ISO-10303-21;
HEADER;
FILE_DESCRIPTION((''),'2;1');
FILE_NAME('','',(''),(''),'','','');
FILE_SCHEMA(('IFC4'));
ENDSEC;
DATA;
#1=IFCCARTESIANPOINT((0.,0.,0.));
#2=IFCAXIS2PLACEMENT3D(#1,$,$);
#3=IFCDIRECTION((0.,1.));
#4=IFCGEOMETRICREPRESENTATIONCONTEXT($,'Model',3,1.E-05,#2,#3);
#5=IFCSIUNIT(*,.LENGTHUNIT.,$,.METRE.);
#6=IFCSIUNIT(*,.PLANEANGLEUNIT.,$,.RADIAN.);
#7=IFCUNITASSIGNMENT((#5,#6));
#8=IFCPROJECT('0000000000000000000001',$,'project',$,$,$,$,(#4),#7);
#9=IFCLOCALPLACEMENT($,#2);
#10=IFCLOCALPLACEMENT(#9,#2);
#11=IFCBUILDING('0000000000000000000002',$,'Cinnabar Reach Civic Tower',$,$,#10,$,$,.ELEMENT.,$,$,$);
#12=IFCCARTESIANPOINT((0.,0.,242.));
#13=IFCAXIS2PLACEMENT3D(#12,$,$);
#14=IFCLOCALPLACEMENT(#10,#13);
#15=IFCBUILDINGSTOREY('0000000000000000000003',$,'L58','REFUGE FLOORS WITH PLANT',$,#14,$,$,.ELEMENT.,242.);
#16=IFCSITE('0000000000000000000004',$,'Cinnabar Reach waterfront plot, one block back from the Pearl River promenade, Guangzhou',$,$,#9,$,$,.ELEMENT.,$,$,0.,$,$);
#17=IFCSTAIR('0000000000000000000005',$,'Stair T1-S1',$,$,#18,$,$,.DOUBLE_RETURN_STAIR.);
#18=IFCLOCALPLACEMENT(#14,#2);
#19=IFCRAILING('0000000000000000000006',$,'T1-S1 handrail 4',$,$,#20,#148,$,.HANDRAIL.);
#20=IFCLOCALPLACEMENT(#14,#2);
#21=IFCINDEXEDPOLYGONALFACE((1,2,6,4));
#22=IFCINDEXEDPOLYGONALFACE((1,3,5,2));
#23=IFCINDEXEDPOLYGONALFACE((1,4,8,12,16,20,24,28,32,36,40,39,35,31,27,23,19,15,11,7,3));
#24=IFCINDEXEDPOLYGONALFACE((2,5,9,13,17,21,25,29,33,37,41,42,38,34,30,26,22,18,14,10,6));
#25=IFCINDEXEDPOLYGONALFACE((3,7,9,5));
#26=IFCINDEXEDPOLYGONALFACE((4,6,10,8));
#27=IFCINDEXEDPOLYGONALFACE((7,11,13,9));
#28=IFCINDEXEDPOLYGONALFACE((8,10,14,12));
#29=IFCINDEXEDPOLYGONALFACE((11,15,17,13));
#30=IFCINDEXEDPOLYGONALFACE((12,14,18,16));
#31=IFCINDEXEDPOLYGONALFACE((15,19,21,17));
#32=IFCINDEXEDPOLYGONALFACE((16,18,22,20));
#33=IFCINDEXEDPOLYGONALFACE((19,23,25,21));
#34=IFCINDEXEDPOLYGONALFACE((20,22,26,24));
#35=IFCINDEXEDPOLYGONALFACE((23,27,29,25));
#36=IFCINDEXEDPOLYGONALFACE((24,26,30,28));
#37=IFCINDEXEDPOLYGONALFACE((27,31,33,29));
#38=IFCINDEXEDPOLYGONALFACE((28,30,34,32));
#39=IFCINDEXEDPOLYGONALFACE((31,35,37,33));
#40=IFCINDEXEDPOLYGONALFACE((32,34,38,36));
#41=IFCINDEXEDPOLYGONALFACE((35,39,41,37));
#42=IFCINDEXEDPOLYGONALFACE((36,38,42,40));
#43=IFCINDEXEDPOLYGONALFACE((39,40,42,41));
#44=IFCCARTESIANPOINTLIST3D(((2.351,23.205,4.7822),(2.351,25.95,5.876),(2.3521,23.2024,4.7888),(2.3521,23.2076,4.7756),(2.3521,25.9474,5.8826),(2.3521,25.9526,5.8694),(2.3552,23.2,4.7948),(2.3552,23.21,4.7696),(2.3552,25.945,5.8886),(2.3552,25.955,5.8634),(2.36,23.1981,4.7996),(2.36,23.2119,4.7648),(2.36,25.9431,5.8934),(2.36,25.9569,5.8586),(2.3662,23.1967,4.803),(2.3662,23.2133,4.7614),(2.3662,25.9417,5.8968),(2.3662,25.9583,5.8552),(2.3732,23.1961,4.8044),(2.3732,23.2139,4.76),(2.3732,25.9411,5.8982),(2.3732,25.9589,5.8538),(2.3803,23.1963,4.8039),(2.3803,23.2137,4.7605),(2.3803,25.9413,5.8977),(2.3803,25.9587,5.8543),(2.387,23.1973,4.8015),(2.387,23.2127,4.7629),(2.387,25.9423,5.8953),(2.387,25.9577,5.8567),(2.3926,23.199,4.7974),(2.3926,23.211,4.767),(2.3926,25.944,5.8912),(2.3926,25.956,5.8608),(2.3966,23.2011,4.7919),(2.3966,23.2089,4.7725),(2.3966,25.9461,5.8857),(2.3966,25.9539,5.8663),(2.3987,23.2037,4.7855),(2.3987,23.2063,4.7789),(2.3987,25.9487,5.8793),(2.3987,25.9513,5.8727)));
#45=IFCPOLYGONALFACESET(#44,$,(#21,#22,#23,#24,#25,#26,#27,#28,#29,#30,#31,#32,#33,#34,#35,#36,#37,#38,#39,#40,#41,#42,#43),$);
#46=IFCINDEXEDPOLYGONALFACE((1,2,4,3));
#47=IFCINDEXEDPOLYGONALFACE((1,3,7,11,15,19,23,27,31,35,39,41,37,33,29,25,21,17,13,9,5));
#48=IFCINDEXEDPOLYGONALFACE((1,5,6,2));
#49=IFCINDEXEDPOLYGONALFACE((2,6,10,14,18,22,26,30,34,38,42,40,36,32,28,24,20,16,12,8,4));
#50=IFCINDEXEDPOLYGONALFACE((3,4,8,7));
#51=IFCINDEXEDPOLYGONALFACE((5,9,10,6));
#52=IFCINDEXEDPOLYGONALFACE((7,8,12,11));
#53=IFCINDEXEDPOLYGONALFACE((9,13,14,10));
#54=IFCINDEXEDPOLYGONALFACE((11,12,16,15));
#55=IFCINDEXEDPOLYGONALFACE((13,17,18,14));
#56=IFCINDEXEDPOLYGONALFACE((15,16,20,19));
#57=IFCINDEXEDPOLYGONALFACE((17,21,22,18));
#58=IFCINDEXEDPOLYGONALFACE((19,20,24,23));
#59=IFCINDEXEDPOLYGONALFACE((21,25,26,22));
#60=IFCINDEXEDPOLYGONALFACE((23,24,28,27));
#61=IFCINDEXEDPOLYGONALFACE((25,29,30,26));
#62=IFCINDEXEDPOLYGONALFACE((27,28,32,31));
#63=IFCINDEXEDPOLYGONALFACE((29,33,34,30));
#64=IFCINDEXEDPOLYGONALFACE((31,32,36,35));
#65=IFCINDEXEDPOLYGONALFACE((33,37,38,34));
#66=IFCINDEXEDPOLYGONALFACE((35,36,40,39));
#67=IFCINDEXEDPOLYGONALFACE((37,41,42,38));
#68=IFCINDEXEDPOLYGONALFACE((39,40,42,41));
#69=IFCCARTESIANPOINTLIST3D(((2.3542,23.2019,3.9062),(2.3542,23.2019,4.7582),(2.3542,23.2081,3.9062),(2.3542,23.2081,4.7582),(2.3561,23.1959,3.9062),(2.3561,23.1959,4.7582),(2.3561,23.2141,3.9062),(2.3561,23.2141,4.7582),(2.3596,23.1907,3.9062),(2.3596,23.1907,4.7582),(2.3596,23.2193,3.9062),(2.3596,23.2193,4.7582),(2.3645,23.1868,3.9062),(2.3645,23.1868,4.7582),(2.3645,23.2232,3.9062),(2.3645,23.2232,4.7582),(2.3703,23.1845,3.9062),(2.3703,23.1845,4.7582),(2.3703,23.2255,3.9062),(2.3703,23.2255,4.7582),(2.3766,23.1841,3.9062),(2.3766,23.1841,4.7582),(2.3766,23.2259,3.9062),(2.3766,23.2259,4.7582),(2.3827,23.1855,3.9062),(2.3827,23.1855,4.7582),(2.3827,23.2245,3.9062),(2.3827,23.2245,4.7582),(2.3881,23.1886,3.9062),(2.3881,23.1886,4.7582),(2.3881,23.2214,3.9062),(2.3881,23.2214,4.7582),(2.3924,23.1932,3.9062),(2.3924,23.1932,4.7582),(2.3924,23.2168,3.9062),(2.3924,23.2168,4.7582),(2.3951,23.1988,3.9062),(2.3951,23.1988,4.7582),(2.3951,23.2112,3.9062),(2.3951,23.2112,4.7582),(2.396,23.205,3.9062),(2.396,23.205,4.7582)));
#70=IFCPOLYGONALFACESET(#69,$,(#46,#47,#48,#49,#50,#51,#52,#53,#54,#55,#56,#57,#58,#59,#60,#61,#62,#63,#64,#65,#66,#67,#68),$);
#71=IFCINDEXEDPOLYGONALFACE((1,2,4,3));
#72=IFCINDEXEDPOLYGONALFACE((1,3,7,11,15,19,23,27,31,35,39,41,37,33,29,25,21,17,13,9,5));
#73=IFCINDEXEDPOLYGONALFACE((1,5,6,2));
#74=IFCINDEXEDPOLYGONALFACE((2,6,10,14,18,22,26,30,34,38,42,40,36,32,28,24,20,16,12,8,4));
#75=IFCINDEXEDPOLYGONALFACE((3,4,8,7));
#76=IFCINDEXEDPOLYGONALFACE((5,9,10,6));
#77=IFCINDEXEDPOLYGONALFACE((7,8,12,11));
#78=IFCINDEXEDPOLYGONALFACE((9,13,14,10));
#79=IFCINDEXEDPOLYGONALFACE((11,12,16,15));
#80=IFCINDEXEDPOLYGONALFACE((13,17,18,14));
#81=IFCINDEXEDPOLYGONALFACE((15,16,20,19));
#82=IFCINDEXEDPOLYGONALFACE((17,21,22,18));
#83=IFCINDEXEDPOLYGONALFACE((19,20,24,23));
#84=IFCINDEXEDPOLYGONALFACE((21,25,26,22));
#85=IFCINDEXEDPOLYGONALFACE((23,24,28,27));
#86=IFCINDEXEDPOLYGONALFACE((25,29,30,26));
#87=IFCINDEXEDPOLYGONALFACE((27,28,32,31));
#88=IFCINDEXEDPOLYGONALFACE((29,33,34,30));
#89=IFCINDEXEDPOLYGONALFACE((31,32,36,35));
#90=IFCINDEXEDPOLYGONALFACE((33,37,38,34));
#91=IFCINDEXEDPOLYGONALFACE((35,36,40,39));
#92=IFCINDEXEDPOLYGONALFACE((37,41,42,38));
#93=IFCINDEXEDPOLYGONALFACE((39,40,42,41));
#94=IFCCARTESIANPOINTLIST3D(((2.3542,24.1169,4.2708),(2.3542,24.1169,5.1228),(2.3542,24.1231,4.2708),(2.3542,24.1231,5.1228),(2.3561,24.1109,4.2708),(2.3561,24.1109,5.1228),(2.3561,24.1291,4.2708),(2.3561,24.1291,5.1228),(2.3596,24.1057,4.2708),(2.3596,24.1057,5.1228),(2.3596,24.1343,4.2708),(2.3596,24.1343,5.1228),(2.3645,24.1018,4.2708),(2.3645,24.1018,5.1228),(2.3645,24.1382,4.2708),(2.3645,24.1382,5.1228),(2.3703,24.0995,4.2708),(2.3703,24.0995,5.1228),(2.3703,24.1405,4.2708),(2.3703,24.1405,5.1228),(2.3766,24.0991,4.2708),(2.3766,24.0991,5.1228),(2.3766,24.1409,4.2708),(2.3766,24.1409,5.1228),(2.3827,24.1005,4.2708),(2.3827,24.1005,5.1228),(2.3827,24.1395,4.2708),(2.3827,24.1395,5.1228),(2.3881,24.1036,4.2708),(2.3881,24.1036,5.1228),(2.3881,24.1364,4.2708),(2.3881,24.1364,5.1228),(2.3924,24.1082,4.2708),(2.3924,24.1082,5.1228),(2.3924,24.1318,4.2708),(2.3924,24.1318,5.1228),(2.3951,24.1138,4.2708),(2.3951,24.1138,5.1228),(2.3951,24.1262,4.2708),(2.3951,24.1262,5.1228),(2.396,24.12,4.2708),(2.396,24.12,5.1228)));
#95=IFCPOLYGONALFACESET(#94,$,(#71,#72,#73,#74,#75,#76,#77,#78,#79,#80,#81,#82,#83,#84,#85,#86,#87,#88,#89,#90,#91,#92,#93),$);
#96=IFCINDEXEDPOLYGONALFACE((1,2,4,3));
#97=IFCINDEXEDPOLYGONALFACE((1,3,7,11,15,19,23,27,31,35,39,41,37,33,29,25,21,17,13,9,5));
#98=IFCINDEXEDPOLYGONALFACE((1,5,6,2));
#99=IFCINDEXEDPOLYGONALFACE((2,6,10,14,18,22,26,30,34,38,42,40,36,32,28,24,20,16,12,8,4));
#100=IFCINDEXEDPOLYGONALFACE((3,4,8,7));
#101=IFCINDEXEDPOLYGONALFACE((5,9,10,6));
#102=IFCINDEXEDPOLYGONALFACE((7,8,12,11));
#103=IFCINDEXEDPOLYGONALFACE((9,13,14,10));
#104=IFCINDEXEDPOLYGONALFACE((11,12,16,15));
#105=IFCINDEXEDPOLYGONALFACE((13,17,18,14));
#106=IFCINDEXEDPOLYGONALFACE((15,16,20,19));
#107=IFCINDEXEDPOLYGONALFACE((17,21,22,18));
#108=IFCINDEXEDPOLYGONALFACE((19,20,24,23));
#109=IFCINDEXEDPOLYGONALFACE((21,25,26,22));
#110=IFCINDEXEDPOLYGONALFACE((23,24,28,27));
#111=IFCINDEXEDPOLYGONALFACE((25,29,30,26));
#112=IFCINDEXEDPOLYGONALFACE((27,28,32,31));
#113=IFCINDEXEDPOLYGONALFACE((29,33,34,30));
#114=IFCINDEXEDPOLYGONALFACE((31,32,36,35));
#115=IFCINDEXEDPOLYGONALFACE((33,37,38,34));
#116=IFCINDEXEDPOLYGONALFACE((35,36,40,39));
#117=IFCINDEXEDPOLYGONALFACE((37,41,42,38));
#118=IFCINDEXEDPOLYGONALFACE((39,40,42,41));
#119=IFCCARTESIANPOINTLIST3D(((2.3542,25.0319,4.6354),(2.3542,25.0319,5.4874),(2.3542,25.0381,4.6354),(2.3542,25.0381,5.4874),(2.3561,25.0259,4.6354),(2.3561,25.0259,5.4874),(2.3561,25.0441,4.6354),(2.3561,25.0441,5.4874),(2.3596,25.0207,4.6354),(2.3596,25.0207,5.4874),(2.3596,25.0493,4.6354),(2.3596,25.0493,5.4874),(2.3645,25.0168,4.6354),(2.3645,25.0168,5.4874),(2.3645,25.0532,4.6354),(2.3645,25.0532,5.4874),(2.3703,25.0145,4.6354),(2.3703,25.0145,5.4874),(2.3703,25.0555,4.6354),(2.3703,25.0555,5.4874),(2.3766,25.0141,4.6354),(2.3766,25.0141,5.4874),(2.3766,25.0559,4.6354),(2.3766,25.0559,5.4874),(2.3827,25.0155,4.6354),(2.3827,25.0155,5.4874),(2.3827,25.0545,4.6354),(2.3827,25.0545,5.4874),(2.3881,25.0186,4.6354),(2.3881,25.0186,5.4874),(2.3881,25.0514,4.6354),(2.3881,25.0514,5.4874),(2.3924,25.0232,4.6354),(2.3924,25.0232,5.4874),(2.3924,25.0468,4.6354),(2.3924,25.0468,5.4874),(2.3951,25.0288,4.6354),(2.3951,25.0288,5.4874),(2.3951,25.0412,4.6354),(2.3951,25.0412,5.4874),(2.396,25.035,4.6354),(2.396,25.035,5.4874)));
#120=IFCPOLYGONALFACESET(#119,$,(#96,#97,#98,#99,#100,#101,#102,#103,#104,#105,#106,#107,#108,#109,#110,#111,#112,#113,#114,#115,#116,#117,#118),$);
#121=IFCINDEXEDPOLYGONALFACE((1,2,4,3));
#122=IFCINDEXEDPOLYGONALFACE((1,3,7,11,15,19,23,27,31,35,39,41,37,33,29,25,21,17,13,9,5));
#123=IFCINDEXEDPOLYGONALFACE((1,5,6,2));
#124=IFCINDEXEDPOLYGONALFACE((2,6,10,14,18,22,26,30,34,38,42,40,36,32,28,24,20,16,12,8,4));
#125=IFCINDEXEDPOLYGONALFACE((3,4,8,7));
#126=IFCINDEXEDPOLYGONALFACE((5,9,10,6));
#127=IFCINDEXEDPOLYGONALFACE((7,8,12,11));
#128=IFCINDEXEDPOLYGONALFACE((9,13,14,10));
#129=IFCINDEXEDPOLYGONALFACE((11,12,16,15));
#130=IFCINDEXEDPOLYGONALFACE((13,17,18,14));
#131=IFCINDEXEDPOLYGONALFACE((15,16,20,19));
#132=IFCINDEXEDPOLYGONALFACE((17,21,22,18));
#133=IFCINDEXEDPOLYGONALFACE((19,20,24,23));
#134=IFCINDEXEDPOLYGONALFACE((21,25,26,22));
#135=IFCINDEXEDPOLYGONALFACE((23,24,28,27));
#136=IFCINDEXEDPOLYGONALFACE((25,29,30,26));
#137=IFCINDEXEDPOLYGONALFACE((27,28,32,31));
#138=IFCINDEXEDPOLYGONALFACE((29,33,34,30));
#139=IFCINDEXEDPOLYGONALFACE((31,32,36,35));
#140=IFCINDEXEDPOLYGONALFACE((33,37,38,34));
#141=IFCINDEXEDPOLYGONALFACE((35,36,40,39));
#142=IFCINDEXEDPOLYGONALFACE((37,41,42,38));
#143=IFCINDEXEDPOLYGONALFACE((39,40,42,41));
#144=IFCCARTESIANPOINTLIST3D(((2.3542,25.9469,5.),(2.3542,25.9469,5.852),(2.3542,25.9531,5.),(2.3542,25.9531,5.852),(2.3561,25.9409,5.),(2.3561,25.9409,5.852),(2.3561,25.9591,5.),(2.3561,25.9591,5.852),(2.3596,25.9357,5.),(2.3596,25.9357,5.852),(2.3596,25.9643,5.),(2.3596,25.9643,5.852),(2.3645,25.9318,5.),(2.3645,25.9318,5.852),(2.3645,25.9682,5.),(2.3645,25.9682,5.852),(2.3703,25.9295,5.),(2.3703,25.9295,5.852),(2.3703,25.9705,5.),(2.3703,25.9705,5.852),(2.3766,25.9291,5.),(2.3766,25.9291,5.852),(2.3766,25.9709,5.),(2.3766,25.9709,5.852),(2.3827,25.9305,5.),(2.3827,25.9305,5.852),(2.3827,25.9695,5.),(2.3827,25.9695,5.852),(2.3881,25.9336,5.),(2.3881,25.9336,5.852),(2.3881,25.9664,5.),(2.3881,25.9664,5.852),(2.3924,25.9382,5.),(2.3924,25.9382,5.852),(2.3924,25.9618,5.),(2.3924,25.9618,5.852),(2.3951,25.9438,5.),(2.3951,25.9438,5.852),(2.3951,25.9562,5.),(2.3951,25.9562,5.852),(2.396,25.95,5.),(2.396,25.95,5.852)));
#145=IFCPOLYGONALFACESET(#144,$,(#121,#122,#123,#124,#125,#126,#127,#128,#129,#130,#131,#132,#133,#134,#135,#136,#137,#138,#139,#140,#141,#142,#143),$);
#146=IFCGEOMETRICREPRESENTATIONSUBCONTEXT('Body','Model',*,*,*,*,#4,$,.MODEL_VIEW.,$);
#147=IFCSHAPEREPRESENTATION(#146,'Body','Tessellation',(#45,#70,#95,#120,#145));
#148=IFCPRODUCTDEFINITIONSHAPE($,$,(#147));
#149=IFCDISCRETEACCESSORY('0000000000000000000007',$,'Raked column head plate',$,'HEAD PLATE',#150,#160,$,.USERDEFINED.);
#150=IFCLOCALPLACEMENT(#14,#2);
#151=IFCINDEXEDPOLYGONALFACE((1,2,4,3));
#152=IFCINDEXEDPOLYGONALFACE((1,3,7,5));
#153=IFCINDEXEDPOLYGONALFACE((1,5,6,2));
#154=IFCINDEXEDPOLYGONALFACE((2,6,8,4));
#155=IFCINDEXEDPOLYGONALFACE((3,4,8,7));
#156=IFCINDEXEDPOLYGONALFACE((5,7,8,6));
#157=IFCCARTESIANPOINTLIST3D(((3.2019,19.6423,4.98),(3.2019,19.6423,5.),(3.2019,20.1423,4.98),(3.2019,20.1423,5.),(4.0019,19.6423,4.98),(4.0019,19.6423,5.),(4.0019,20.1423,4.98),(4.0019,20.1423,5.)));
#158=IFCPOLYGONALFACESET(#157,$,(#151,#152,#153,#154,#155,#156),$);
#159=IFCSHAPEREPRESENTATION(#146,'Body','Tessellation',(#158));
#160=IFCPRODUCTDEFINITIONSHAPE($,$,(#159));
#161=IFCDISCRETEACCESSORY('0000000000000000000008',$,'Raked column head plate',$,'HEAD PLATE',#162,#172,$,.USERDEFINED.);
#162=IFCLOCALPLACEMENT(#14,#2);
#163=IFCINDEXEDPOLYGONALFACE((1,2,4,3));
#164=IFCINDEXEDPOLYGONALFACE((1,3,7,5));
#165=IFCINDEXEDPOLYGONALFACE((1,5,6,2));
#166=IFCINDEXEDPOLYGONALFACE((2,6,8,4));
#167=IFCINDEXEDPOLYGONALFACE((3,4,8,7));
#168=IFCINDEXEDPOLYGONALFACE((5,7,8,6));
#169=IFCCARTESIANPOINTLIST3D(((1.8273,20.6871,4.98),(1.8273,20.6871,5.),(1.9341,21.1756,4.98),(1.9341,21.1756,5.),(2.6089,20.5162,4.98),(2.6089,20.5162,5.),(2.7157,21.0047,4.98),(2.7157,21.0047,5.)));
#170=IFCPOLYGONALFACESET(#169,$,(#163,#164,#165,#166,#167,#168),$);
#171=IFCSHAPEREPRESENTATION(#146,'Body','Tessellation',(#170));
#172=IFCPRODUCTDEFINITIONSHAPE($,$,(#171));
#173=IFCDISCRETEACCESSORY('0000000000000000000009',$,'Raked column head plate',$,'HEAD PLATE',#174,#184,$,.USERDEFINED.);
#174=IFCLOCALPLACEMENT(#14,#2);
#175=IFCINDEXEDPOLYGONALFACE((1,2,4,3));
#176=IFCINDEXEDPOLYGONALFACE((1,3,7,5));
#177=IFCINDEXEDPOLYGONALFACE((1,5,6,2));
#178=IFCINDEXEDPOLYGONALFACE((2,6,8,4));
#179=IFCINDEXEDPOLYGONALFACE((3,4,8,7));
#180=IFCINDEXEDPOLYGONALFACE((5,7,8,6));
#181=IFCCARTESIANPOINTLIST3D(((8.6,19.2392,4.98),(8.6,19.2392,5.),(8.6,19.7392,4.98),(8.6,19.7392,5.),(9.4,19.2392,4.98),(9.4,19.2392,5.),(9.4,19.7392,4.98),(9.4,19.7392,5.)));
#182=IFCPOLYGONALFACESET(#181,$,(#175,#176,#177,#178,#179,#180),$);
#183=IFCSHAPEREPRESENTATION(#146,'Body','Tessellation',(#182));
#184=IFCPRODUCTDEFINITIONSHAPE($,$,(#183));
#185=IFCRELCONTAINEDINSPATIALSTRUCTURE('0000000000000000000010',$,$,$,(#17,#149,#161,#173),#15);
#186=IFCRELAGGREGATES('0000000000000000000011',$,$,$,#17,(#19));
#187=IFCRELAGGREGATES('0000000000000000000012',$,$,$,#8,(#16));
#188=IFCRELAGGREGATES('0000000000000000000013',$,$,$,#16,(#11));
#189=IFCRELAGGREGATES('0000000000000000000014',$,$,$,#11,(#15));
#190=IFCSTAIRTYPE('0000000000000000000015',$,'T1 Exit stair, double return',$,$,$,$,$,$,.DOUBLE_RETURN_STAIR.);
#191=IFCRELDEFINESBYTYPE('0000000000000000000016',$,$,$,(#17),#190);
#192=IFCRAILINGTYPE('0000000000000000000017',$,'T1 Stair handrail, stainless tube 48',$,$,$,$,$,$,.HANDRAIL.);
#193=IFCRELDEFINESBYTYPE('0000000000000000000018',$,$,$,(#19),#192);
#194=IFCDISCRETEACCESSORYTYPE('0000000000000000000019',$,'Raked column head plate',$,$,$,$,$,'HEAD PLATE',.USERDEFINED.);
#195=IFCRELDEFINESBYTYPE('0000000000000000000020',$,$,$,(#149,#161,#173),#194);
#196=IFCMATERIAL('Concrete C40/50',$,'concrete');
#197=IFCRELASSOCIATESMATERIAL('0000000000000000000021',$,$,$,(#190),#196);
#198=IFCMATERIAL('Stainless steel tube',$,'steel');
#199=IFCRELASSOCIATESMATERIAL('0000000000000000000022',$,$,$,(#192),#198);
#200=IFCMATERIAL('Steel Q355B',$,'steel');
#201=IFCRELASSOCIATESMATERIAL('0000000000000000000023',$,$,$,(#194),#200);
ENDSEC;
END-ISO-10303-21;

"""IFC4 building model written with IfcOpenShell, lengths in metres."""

from ifc_helpers import new_model, si_unit, direction, frame, origin, origin_2d, place, context, subcontext, project, spatial, rectangle, circle, extrude, material, type_object, element, aggregate, save


model = new_model("IFC4")

# Units and contexts
model_context = context("Model", 3, precision=1e-05, world=origin(), true_north=direction((0.0, 1.0)))
body_context = subcontext(model_context, "Body", "Model", "MODEL_VIEW")
ifc_project = project(units=[si_unit("LENGTHUNIT", "METRE"), si_unit("PLANEANGLEUNIT", "RADIAN")], contexts=[model_context])

# Site, building, storey
site_placement = place(None, origin())
site = spatial("IfcSite", under=ifc_project, at=site_placement, Name="Cinnabar Reach waterfront plot, one block back from the Pearl River promenade, Guangzhou", CompositionType="ELEMENT", RefElevation=0.0)
building_placement = place(site_placement, origin())
building = spatial("IfcBuilding", under=site, at=building_placement, Name="Cinnabar Reach Civic Tower", CompositionType="ELEMENT")
storey_placement = place(building_placement, frame((0.0, 0.0, 242.0)))
storey = spatial("IfcBuildingStorey", under=building, at=storey_placement, Name="L58", Description="REFUGE FLOORS WITH PLANT", CompositionType="ELEMENT", Elevation=242.0)

# Shared definitions
ifc_material_1 = material(Name="Steel Q355B", Category="steel")

# Shared definitions
ifc_material_2 = material(Name="Concrete C40/50", Category="concrete")

# Stair, railing
stair_type = type_object("IfcStairType", Name="T1 Exit stair, double return", PredefinedType="DOUBLE_RETURN_STAIR", material=ifc_material_2)
stair_placement = place(storey_placement, origin())
stair = element("IfcStair", 1, at=stair_placement, inside=storey, type_object=stair_type, Name="Stair T1-S1", PredefinedType="DOUBLE_RETURN_STAIR")
ifc_material_3 = material(Name="Stainless steel tube", Category="steel")
railing_type = type_object("IfcRailingType", Name="T1 Stair handrail, stainless tube 48", PredefinedType="HANDRAIL", material=ifc_material_3)
railing_1_placement = place(storey_placement, frame((2.375, 23.205, 3.9062)))
railing_1 = element("IfcRailing", 2, at=railing_1_placement, type_object=railing_type, Name="T1-S1 handrail 4", PredefinedType="HANDRAIL", context=body_context, shape_type="SweptSolid", body=[
    extrude(circle(Radius=0.024, at=origin_2d()), frame((0.0, 0.0, 0.876), z_axis=(0.0, 0.928966, 0.370165), x_axis=(-1.0, 0.0, 0.0)), (0.0, 0.0, 1.0), 2.9549),
    extrude(circle(Radius=0.021, at=origin_2d()), origin(), (0.0, 0.0, 1.0), 0.852),
    extrude(circle(Radius=0.021, at=origin_2d()), frame((0.0, 0.915, 0.3646)), (0.0, 0.0, 1.0), 0.852),
    extrude(circle(Radius=0.021, at=origin_2d()), frame((0.0, 1.83, 0.7292)), (0.0, 0.0, 1.0), 0.852),
    extrude(circle(Radius=0.021, at=origin_2d()), frame((0.0, 2.745, 1.0938)), (0.0, 0.0, 1.0), 0.852),
])
aggregate(stair, [railing_1])

# Discrete accessories
discrete_accessory_type = type_object("IfcDiscreteAccessoryType", Name="Raked column head plate", ElementType="HEAD PLATE", PredefinedType="USERDEFINED", material=ifc_material_1)
for number, where, z_axis, x_axis, name in (
    (3, (3.6019, 19.8923, 4.98), (0.0, 0.0, 1.0), (0.0, 1.0, 0.0), "Raked column head plate"),
    (4, (2.2715, 20.8459, 4.98), (0.0, 0.0, 1.0), (0.213542, 0.976934, 0.0), "Raked column head plate"),
    (5, (9.0, 19.4892, 4.98), (0.0, 0.0, 1.0), (0.0, 1.0, 0.0), "Raked column head plate"),
):
    element("IfcDiscreteAccessory", number, at=place(storey_placement, frame(where, z_axis=z_axis, x_axis=x_axis)), inside=storey, type_object=discrete_accessory_type, Name=name, ObjectType="HEAD PLATE", PredefinedType="USERDEFINED", context=body_context, shape_type="SweptSolid", body=[
        extrude(rectangle(XDim=0.5, YDim=0.8, at=origin_2d()), origin(), (0.0, 0.0, 1.0), 0.02),
    ])

save(model, "model.ifc")
